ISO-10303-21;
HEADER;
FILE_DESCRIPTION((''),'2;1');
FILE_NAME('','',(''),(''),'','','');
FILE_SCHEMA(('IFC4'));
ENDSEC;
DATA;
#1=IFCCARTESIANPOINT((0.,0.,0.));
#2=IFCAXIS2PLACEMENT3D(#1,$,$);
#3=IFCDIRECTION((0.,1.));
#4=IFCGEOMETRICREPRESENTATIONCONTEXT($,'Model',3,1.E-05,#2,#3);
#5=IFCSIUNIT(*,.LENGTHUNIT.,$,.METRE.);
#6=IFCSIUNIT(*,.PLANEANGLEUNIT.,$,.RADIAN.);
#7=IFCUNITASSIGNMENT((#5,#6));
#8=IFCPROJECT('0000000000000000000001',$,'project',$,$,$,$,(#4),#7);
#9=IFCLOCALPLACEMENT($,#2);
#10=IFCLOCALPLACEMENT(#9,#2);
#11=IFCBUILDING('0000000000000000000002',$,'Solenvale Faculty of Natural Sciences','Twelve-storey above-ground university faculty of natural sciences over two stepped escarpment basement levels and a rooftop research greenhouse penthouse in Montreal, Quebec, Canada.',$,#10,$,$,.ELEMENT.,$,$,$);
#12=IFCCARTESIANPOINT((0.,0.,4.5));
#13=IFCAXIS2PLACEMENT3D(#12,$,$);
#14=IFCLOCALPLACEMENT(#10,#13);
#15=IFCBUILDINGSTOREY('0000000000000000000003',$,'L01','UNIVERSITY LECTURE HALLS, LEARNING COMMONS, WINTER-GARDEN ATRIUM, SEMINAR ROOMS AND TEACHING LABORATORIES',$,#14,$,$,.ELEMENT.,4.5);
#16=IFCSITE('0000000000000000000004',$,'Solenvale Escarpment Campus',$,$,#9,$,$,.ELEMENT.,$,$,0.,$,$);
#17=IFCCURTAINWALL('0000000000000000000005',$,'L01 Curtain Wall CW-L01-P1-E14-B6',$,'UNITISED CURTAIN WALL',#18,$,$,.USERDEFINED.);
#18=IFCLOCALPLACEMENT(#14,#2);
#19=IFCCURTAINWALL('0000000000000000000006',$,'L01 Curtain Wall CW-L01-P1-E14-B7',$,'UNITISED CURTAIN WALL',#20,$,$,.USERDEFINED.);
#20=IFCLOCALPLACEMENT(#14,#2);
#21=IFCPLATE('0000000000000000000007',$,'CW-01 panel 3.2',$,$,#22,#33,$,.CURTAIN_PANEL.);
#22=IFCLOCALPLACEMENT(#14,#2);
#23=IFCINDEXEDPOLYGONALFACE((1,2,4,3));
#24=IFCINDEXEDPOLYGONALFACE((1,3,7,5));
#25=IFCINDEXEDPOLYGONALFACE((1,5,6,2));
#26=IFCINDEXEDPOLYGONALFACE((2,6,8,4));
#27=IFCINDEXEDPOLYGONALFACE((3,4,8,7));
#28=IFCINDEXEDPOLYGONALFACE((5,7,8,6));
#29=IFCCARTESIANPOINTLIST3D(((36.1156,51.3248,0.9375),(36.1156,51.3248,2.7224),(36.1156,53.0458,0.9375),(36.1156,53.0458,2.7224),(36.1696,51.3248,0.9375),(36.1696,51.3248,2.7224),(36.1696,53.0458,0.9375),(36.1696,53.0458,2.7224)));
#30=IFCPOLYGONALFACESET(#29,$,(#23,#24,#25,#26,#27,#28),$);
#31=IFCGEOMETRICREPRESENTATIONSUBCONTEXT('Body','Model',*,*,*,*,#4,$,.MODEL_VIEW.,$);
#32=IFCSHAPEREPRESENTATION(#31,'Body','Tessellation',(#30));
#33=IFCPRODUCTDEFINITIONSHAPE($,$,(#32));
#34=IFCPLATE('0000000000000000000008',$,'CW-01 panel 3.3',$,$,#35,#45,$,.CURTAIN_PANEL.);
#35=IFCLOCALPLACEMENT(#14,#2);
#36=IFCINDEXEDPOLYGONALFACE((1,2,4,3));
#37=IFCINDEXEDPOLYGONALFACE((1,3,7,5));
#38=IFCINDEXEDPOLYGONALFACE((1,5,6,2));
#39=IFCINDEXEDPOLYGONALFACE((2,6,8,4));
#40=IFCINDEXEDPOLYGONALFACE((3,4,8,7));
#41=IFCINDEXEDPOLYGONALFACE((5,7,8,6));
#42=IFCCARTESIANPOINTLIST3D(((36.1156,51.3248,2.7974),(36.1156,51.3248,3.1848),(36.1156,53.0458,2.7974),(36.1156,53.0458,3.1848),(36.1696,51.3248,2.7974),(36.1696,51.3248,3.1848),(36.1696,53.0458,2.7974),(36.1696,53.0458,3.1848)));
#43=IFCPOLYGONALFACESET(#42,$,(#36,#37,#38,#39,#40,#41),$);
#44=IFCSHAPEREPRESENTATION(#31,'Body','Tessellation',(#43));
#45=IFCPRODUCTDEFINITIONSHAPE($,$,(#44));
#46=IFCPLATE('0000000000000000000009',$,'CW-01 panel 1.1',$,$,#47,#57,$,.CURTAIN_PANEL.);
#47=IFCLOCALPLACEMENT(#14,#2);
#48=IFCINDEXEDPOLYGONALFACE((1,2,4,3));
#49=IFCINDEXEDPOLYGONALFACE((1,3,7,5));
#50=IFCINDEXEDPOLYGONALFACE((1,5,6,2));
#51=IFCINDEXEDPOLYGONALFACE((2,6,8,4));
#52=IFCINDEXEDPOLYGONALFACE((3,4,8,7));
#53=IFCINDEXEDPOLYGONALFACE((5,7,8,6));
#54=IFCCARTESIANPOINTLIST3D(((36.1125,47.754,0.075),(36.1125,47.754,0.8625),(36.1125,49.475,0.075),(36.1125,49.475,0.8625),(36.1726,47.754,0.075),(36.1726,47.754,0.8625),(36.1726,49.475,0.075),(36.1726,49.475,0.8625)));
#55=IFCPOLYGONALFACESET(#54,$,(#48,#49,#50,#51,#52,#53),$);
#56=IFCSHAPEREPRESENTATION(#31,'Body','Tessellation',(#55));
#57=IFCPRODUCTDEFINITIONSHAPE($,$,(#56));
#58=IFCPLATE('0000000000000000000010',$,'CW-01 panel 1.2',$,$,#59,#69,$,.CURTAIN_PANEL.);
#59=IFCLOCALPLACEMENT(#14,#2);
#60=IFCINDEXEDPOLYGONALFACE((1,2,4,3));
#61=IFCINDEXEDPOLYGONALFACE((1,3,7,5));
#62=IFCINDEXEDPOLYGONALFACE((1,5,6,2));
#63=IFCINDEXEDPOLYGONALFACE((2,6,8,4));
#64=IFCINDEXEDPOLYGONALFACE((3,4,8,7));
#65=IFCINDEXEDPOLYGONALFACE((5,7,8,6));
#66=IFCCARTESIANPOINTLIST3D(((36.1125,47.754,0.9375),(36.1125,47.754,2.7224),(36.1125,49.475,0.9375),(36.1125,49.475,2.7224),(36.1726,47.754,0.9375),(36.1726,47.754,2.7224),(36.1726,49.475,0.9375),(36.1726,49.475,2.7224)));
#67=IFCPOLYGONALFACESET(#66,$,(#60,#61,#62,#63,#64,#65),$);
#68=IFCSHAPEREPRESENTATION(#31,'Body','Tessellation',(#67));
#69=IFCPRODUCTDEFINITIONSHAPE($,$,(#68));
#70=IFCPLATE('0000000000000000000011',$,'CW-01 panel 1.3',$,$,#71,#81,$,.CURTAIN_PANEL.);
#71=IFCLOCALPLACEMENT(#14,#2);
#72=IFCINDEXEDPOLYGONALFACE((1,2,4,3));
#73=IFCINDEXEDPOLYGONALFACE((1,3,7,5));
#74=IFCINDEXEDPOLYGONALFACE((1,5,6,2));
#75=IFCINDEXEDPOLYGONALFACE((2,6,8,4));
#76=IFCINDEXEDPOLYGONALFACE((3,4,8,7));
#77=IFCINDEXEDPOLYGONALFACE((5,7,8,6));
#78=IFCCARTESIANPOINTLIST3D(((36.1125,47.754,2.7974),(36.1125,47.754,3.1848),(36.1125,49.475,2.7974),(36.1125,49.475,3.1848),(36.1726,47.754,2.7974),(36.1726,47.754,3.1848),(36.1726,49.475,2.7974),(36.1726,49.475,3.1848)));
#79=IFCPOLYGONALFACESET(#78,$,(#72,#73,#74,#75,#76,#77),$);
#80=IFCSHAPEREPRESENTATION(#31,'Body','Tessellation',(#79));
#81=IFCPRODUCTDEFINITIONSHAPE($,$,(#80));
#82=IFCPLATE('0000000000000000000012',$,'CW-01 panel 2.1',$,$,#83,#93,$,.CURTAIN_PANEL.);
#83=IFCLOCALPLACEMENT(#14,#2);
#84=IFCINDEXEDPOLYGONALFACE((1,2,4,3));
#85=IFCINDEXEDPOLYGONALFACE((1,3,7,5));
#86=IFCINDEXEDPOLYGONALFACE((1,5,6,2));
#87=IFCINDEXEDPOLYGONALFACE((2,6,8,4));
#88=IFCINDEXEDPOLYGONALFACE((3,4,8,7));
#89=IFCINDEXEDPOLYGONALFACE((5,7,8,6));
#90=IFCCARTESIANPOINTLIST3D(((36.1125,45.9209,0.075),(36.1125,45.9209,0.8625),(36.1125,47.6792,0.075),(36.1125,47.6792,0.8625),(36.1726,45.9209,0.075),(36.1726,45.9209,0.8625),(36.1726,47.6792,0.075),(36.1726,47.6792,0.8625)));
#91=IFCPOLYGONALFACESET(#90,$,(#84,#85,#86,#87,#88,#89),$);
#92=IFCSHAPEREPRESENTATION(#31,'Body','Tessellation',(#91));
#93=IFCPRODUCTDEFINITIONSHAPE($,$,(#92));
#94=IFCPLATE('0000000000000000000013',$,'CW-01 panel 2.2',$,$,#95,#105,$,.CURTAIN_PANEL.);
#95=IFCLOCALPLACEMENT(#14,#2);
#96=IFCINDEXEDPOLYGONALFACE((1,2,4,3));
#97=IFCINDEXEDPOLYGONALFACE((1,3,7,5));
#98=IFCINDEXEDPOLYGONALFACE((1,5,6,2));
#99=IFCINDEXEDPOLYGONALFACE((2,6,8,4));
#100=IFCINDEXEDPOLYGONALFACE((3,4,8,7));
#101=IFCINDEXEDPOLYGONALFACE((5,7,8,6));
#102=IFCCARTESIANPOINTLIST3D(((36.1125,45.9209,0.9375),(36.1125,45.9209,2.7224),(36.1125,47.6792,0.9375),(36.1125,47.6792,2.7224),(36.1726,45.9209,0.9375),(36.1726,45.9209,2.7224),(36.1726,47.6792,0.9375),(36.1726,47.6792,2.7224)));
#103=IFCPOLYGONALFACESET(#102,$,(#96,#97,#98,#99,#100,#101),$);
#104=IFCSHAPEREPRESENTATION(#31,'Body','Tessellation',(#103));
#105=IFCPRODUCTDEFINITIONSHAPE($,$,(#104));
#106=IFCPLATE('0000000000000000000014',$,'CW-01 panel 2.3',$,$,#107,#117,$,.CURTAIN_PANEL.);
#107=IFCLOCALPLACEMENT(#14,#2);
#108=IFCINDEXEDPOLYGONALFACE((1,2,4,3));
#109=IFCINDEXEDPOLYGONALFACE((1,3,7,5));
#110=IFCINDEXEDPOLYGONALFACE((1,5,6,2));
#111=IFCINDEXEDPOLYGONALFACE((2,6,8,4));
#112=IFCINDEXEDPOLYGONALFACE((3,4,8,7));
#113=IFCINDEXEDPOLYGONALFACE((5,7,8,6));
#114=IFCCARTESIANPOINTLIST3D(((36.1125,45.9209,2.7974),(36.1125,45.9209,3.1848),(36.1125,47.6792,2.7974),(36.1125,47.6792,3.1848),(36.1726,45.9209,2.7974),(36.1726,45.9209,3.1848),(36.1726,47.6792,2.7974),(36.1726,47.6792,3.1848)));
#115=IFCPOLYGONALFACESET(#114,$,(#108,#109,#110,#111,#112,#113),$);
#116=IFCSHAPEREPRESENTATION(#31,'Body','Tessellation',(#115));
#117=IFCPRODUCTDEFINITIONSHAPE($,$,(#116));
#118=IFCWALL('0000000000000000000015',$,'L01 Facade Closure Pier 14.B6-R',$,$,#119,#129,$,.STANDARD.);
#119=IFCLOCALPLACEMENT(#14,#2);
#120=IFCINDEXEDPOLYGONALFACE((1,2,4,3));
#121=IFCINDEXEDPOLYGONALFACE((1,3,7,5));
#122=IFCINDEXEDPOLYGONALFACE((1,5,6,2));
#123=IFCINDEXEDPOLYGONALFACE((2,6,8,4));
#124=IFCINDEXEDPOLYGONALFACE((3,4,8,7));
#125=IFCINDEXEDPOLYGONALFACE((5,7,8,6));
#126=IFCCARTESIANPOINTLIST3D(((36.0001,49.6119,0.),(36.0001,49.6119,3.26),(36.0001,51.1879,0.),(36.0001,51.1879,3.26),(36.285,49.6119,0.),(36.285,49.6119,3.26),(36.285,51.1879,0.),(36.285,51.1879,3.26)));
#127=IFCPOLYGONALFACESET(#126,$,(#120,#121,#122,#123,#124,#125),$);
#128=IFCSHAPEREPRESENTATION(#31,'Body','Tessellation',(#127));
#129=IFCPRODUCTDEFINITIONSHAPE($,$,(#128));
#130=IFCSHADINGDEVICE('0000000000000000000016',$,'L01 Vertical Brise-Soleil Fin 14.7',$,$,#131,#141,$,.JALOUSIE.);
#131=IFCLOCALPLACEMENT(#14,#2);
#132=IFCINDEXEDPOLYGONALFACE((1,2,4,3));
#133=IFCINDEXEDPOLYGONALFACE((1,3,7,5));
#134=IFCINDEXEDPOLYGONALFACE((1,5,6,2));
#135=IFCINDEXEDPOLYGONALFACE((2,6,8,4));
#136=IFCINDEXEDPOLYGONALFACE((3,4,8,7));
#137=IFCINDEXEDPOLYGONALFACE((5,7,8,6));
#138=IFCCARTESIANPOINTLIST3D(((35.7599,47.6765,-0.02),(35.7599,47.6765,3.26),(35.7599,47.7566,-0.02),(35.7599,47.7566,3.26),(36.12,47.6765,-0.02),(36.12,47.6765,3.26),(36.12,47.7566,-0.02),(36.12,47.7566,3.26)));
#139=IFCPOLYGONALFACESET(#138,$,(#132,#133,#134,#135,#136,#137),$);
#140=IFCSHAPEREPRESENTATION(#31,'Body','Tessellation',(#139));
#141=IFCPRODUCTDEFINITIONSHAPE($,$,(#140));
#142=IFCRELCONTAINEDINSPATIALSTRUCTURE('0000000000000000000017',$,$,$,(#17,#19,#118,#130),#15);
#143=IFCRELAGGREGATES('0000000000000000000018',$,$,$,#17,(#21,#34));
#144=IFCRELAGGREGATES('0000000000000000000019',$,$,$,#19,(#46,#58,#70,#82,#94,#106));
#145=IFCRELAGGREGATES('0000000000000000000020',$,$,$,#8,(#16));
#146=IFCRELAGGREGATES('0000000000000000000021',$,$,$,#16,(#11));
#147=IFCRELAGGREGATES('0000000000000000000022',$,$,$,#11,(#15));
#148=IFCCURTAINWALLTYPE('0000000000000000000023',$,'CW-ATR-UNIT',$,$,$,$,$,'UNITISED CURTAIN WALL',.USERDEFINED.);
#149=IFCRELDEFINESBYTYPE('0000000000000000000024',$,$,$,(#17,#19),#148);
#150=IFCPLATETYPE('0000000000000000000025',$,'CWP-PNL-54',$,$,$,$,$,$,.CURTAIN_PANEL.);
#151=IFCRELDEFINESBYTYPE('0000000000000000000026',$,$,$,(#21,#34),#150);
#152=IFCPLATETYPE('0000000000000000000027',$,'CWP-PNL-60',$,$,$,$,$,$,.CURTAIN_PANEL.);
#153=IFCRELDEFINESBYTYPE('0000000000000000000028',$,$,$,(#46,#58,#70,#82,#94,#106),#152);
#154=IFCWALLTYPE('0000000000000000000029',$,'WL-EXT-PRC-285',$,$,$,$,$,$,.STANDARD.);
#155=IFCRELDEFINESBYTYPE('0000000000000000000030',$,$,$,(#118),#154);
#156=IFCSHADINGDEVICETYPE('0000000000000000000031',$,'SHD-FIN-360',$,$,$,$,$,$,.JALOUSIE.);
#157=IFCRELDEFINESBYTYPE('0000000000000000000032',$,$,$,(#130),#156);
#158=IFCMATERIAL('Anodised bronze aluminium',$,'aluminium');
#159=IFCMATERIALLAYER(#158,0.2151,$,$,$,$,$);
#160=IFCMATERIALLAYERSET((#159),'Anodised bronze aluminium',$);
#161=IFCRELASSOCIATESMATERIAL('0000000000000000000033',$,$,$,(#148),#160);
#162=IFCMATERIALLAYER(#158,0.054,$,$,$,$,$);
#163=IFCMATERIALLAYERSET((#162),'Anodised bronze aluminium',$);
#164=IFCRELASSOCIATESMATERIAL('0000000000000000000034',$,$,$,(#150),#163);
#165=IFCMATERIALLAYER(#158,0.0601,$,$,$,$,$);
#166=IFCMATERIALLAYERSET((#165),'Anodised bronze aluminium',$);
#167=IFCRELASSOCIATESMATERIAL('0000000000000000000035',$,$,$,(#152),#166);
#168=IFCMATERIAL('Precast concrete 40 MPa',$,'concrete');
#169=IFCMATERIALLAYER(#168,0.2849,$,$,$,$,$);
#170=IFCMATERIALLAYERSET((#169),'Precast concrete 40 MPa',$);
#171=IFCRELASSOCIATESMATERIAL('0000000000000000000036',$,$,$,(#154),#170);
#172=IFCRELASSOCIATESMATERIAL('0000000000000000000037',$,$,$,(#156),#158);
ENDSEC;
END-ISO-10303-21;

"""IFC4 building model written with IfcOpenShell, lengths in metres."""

from ifc_helpers import new_model, si_unit, direction, frame, frame_2d, origin, origin_2d, place, context, subcontext, project, spatial, rectangle, extrude, material, layer, layer_set, material_profile, profile_set, type_object, element, aggregate, save


model = new_model("IFC4")

# Units and contexts
model_context = context("Model", 3, precision=1e-05, world=origin(), true_north=direction((0.0, 1.0)))
body_context = subcontext(model_context, "Body", "Model", "MODEL_VIEW")
ifc_project = project(units=[si_unit("LENGTHUNIT", "METRE"), si_unit("PLANEANGLEUNIT", "RADIAN")], contexts=[model_context])

# Site, building, storey
site_placement = place(None, origin())
site = spatial("IfcSite", under=ifc_project, at=site_placement, Name="Solenvale Escarpment Campus", CompositionType="ELEMENT", RefElevation=0.0)
building_placement = place(site_placement, origin())
building = spatial("IfcBuilding", under=site, at=building_placement, Name="Solenvale Faculty of Natural Sciences", Description="Twelve-storey above-ground university faculty of natural sciences over two stepped escarpment basement levels and a rooftop research greenhouse penthouse in Montreal, Quebec, Canada.", CompositionType="ELEMENT")
storey_placement = place(building_placement, frame((0.0, 0.0, 4.5)))
storey = spatial("IfcBuildingStorey", under=building, at=storey_placement, Name="L01", Description="UNIVERSITY LECTURE HALLS, LEARNING COMMONS, WINTER-GARDEN ATRIUM, SEMINAR ROOMS AND TEACHING LABORATORIES", CompositionType="ELEMENT", Elevation=4.5)

# Curtain wall
ifc_material_1 = material(Name="Anodised bronze aluminium", Category="aluminium")
ifc_layer_1 = layer(ifc_material_1, 0.2151)
ifc_layer_set_1 = layer_set([ifc_layer_1], Name="Anodised bronze aluminium")
curtain_wall_type = type_object("IfcCurtainWallType", Name="CW-ATR-UNIT", ElementType="UNITISED CURTAIN WALL", PredefinedType="USERDEFINED", material=ifc_layer_set_1)
curtain_wall_1_placement = place(storey_placement, origin())
curtain_wall_1 = element("IfcCurtainWall", 1, at=curtain_wall_1_placement, inside=storey, type_object=curtain_wall_type, Name="L01 Curtain Wall CW-L01-P1-E14-B6", ObjectType="UNITISED CURTAIN WALL", PredefinedType="USERDEFINED")

# Curtain wall
curtain_wall_2_placement = place(storey_placement, origin())
curtain_wall_2 = element("IfcCurtainWall", 2, at=curtain_wall_2_placement, inside=storey, type_object=curtain_wall_type, Name="L01 Curtain Wall CW-L01-P1-E14-B7", ObjectType="UNITISED CURTAIN WALL", PredefinedType="USERDEFINED")

# Plates
ifc_layer_2 = layer(ifc_material_1, 0.054)
ifc_layer_set_2 = layer_set([ifc_layer_2], Name="Anodised bronze aluminium")
plate_type_1 = type_object("IfcPlateType", Name="CWP-PNL-54", PredefinedType="CURTAIN_PANEL", material=ifc_layer_set_2)
plate_1_placement = place(storey_placement, frame((36.1426, 52.1853, 0.9375), z_axis=(0.0, 0.0, 1.0), x_axis=(0.0, -1.0, 0.0)))
plate_1 = element("IfcPlate", 3, at=plate_1_placement, type_object=plate_type_1, Name="CW-01 panel 3.2", PredefinedType="CURTAIN_PANEL", context=body_context, shape_type="SweptSolid", body=[
    extrude(rectangle(XDim=1.7209, YDim=0.054, at=origin_2d()), origin(), (0.0, 0.0, 1.0), 1.7849),
])
plate_2_placement = place(storey_placement, frame((36.1426, 52.1853, 2.7974), z_axis=(0.0, 0.0, 1.0), x_axis=(0.0, -1.0, 0.0)))
plate_2 = element("IfcPlate", 4, at=plate_2_placement, type_object=plate_type_1, Name="CW-01 panel 3.3", PredefinedType="CURTAIN_PANEL", context=body_context, shape_type="SweptSolid", body=[
    extrude(rectangle(XDim=1.7209, YDim=0.054, at=origin_2d()), origin(), (0.0, 0.0, 1.0), 0.3875),
])
aggregate(curtain_wall_1, [plate_1, plate_2])
ifc_layer_3 = layer(ifc_material_1, 0.0601)
ifc_layer_set_3 = layer_set([ifc_layer_3], Name="Anodised bronze aluminium")
plate_type_2 = type_object("IfcPlateType", Name="CWP-PNL-60", PredefinedType="CURTAIN_PANEL", material=ifc_layer_set_3)
plate_3_placement = place(storey_placement, frame((36.1426, 48.6145, 0.075), z_axis=(0.0, 0.0, 1.0), x_axis=(0.0, -1.0, 0.0)))
plate_3 = element("IfcPlate", 5, at=plate_3_placement, type_object=plate_type_2, Name="CW-01 panel 1.1", PredefinedType="CURTAIN_PANEL", context=body_context, shape_type="SweptSolid", body=[
    extrude(rectangle(XDim=1.7209, YDim=0.0601, at=origin_2d()), origin(), (0.0, 0.0, 1.0), 0.7876),
])
plate_4_placement = place(storey_placement, frame((36.1426, 48.6145, 0.9375), z_axis=(0.0, 0.0, 1.0), x_axis=(0.0, -1.0, 0.0)))
plate_4 = element("IfcPlate", 6, at=plate_4_placement, type_object=plate_type_2, Name="CW-01 panel 1.2", PredefinedType="CURTAIN_PANEL", context=body_context, shape_type="SweptSolid", body=[
    extrude(rectangle(XDim=1.7209, YDim=0.0601, at=origin_2d()), origin(), (0.0, 0.0, 1.0), 1.7849),
])
plate_5_placement = place(storey_placement, frame((36.1426, 48.6145, 2.7974), z_axis=(0.0, 0.0, 1.0), x_axis=(0.0, -1.0, 0.0)))
plate_5 = element("IfcPlate", 7, at=plate_5_placement, type_object=plate_type_2, Name="CW-01 panel 1.3", PredefinedType="CURTAIN_PANEL", context=body_context, shape_type="SweptSolid", body=[
    extrude(rectangle(XDim=1.7209, YDim=0.0601, at=origin_2d()), origin(), (0.0, 0.0, 1.0), 0.3875),
])
plate_6_placement = place(storey_placement, frame((36.1426, 46.8, 0.075), z_axis=(0.0, 0.0, 1.0), x_axis=(0.0, -1.0, 0.0)))
plate_6 = element("IfcPlate", 8, at=plate_6_placement, type_object=plate_type_2, Name="CW-01 panel 2.1", PredefinedType="CURTAIN_PANEL", context=body_context, shape_type="SweptSolid", body=[
    extrude(rectangle(XDim=1.7583, YDim=0.0601, at=origin_2d()), origin(), (0.0, 0.0, 1.0), 0.7876),
])
plate_7_placement = place(storey_placement, frame((36.1426, 46.8, 0.9375), z_axis=(0.0, 0.0, 1.0), x_axis=(0.0, -1.0, 0.0)))
plate_7 = element("IfcPlate", 9, at=plate_7_placement, type_object=plate_type_2, Name="CW-01 panel 2.2", PredefinedType="CURTAIN_PANEL", context=body_context, shape_type="SweptSolid", body=[
    extrude(rectangle(XDim=1.7583, YDim=0.0601, at=origin_2d()), origin(), (0.0, 0.0, 1.0), 1.7849),
])
plate_8_placement = place(storey_placement, frame((36.1426, 46.8, 2.7974), z_axis=(0.0, 0.0, 1.0), x_axis=(0.0, -1.0, 0.0)))
plate_8 = element("IfcPlate", 10, at=plate_8_placement, type_object=plate_type_2, Name="CW-01 panel 2.3", PredefinedType="CURTAIN_PANEL", context=body_context, shape_type="SweptSolid", body=[
    extrude(rectangle(XDim=1.7583, YDim=0.0601, at=origin_2d()), origin(), (0.0, 0.0, 1.0), 0.3875),
])
aggregate(curtain_wall_2, [plate_3, plate_4, plate_5, plate_6, plate_7, plate_8])

# Wall
ifc_material_2 = material(Name="Precast concrete 40 MPa", Category="concrete")
ifc_layer_4 = layer(ifc_material_2, 0.2849)
ifc_layer_set_4 = layer_set([ifc_layer_4], Name="Precast concrete 40 MPa")
wall_type = type_object("IfcWallType", Name="WL-EXT-PRC-285", PredefinedType="STANDARD", material=ifc_layer_set_4)
wall_placement = place(storey_placement, frame((36.1426, 51.188, 0.0), z_axis=(0.0, 0.0, 1.0), x_axis=(0.0, -1.0, 0.0)))
element("IfcWall", 11, at=wall_placement, inside=storey, type_object=wall_type, Name="L01 Facade Closure Pier 14.B6-R", PredefinedType="STANDARD", context=body_context, shape_type="SweptSolid", body=[
    extrude(rectangle(XDim=1.5759, YDim=0.2849, at=frame_2d((0.7881, 0.0))), origin(), (0.0, 0.0, 1.0), 3.26),
])

# Shading device
ifc_material_profile_1 = material_profile(ifc_material_1, rectangle(XDim=0.0801, YDim=0.3601, at=origin_2d()), Name="ALU-FIN-80x360")
ifc_profile_set_1 = profile_set([ifc_material_profile_1], Name="Anodised bronze aluminium")
shading_device_type = type_object("IfcShadingDeviceType", Name="SHD-FIN-360", PredefinedType="JALOUSIE", material=ifc_profile_set_1)
shading_device_placement = place(storey_placement, frame((35.9399, 47.7166, -0.02), z_axis=(0.0, 0.0, 1.0), x_axis=(0.0, 1.0, 0.0)))
element("IfcShadingDevice", 12, at=shading_device_placement, inside=storey, type_object=shading_device_type, Name="L01 Vertical Brise-Soleil Fin 14.7", PredefinedType="JALOUSIE", context=body_context, shape_type="SweptSolid", body=[
    extrude(rectangle(XDim=0.0801, YDim=0.3601, at=origin_2d()), origin(), (0.0, 0.0, 1.0), 3.28),
])

save(model, "model.ifc")
